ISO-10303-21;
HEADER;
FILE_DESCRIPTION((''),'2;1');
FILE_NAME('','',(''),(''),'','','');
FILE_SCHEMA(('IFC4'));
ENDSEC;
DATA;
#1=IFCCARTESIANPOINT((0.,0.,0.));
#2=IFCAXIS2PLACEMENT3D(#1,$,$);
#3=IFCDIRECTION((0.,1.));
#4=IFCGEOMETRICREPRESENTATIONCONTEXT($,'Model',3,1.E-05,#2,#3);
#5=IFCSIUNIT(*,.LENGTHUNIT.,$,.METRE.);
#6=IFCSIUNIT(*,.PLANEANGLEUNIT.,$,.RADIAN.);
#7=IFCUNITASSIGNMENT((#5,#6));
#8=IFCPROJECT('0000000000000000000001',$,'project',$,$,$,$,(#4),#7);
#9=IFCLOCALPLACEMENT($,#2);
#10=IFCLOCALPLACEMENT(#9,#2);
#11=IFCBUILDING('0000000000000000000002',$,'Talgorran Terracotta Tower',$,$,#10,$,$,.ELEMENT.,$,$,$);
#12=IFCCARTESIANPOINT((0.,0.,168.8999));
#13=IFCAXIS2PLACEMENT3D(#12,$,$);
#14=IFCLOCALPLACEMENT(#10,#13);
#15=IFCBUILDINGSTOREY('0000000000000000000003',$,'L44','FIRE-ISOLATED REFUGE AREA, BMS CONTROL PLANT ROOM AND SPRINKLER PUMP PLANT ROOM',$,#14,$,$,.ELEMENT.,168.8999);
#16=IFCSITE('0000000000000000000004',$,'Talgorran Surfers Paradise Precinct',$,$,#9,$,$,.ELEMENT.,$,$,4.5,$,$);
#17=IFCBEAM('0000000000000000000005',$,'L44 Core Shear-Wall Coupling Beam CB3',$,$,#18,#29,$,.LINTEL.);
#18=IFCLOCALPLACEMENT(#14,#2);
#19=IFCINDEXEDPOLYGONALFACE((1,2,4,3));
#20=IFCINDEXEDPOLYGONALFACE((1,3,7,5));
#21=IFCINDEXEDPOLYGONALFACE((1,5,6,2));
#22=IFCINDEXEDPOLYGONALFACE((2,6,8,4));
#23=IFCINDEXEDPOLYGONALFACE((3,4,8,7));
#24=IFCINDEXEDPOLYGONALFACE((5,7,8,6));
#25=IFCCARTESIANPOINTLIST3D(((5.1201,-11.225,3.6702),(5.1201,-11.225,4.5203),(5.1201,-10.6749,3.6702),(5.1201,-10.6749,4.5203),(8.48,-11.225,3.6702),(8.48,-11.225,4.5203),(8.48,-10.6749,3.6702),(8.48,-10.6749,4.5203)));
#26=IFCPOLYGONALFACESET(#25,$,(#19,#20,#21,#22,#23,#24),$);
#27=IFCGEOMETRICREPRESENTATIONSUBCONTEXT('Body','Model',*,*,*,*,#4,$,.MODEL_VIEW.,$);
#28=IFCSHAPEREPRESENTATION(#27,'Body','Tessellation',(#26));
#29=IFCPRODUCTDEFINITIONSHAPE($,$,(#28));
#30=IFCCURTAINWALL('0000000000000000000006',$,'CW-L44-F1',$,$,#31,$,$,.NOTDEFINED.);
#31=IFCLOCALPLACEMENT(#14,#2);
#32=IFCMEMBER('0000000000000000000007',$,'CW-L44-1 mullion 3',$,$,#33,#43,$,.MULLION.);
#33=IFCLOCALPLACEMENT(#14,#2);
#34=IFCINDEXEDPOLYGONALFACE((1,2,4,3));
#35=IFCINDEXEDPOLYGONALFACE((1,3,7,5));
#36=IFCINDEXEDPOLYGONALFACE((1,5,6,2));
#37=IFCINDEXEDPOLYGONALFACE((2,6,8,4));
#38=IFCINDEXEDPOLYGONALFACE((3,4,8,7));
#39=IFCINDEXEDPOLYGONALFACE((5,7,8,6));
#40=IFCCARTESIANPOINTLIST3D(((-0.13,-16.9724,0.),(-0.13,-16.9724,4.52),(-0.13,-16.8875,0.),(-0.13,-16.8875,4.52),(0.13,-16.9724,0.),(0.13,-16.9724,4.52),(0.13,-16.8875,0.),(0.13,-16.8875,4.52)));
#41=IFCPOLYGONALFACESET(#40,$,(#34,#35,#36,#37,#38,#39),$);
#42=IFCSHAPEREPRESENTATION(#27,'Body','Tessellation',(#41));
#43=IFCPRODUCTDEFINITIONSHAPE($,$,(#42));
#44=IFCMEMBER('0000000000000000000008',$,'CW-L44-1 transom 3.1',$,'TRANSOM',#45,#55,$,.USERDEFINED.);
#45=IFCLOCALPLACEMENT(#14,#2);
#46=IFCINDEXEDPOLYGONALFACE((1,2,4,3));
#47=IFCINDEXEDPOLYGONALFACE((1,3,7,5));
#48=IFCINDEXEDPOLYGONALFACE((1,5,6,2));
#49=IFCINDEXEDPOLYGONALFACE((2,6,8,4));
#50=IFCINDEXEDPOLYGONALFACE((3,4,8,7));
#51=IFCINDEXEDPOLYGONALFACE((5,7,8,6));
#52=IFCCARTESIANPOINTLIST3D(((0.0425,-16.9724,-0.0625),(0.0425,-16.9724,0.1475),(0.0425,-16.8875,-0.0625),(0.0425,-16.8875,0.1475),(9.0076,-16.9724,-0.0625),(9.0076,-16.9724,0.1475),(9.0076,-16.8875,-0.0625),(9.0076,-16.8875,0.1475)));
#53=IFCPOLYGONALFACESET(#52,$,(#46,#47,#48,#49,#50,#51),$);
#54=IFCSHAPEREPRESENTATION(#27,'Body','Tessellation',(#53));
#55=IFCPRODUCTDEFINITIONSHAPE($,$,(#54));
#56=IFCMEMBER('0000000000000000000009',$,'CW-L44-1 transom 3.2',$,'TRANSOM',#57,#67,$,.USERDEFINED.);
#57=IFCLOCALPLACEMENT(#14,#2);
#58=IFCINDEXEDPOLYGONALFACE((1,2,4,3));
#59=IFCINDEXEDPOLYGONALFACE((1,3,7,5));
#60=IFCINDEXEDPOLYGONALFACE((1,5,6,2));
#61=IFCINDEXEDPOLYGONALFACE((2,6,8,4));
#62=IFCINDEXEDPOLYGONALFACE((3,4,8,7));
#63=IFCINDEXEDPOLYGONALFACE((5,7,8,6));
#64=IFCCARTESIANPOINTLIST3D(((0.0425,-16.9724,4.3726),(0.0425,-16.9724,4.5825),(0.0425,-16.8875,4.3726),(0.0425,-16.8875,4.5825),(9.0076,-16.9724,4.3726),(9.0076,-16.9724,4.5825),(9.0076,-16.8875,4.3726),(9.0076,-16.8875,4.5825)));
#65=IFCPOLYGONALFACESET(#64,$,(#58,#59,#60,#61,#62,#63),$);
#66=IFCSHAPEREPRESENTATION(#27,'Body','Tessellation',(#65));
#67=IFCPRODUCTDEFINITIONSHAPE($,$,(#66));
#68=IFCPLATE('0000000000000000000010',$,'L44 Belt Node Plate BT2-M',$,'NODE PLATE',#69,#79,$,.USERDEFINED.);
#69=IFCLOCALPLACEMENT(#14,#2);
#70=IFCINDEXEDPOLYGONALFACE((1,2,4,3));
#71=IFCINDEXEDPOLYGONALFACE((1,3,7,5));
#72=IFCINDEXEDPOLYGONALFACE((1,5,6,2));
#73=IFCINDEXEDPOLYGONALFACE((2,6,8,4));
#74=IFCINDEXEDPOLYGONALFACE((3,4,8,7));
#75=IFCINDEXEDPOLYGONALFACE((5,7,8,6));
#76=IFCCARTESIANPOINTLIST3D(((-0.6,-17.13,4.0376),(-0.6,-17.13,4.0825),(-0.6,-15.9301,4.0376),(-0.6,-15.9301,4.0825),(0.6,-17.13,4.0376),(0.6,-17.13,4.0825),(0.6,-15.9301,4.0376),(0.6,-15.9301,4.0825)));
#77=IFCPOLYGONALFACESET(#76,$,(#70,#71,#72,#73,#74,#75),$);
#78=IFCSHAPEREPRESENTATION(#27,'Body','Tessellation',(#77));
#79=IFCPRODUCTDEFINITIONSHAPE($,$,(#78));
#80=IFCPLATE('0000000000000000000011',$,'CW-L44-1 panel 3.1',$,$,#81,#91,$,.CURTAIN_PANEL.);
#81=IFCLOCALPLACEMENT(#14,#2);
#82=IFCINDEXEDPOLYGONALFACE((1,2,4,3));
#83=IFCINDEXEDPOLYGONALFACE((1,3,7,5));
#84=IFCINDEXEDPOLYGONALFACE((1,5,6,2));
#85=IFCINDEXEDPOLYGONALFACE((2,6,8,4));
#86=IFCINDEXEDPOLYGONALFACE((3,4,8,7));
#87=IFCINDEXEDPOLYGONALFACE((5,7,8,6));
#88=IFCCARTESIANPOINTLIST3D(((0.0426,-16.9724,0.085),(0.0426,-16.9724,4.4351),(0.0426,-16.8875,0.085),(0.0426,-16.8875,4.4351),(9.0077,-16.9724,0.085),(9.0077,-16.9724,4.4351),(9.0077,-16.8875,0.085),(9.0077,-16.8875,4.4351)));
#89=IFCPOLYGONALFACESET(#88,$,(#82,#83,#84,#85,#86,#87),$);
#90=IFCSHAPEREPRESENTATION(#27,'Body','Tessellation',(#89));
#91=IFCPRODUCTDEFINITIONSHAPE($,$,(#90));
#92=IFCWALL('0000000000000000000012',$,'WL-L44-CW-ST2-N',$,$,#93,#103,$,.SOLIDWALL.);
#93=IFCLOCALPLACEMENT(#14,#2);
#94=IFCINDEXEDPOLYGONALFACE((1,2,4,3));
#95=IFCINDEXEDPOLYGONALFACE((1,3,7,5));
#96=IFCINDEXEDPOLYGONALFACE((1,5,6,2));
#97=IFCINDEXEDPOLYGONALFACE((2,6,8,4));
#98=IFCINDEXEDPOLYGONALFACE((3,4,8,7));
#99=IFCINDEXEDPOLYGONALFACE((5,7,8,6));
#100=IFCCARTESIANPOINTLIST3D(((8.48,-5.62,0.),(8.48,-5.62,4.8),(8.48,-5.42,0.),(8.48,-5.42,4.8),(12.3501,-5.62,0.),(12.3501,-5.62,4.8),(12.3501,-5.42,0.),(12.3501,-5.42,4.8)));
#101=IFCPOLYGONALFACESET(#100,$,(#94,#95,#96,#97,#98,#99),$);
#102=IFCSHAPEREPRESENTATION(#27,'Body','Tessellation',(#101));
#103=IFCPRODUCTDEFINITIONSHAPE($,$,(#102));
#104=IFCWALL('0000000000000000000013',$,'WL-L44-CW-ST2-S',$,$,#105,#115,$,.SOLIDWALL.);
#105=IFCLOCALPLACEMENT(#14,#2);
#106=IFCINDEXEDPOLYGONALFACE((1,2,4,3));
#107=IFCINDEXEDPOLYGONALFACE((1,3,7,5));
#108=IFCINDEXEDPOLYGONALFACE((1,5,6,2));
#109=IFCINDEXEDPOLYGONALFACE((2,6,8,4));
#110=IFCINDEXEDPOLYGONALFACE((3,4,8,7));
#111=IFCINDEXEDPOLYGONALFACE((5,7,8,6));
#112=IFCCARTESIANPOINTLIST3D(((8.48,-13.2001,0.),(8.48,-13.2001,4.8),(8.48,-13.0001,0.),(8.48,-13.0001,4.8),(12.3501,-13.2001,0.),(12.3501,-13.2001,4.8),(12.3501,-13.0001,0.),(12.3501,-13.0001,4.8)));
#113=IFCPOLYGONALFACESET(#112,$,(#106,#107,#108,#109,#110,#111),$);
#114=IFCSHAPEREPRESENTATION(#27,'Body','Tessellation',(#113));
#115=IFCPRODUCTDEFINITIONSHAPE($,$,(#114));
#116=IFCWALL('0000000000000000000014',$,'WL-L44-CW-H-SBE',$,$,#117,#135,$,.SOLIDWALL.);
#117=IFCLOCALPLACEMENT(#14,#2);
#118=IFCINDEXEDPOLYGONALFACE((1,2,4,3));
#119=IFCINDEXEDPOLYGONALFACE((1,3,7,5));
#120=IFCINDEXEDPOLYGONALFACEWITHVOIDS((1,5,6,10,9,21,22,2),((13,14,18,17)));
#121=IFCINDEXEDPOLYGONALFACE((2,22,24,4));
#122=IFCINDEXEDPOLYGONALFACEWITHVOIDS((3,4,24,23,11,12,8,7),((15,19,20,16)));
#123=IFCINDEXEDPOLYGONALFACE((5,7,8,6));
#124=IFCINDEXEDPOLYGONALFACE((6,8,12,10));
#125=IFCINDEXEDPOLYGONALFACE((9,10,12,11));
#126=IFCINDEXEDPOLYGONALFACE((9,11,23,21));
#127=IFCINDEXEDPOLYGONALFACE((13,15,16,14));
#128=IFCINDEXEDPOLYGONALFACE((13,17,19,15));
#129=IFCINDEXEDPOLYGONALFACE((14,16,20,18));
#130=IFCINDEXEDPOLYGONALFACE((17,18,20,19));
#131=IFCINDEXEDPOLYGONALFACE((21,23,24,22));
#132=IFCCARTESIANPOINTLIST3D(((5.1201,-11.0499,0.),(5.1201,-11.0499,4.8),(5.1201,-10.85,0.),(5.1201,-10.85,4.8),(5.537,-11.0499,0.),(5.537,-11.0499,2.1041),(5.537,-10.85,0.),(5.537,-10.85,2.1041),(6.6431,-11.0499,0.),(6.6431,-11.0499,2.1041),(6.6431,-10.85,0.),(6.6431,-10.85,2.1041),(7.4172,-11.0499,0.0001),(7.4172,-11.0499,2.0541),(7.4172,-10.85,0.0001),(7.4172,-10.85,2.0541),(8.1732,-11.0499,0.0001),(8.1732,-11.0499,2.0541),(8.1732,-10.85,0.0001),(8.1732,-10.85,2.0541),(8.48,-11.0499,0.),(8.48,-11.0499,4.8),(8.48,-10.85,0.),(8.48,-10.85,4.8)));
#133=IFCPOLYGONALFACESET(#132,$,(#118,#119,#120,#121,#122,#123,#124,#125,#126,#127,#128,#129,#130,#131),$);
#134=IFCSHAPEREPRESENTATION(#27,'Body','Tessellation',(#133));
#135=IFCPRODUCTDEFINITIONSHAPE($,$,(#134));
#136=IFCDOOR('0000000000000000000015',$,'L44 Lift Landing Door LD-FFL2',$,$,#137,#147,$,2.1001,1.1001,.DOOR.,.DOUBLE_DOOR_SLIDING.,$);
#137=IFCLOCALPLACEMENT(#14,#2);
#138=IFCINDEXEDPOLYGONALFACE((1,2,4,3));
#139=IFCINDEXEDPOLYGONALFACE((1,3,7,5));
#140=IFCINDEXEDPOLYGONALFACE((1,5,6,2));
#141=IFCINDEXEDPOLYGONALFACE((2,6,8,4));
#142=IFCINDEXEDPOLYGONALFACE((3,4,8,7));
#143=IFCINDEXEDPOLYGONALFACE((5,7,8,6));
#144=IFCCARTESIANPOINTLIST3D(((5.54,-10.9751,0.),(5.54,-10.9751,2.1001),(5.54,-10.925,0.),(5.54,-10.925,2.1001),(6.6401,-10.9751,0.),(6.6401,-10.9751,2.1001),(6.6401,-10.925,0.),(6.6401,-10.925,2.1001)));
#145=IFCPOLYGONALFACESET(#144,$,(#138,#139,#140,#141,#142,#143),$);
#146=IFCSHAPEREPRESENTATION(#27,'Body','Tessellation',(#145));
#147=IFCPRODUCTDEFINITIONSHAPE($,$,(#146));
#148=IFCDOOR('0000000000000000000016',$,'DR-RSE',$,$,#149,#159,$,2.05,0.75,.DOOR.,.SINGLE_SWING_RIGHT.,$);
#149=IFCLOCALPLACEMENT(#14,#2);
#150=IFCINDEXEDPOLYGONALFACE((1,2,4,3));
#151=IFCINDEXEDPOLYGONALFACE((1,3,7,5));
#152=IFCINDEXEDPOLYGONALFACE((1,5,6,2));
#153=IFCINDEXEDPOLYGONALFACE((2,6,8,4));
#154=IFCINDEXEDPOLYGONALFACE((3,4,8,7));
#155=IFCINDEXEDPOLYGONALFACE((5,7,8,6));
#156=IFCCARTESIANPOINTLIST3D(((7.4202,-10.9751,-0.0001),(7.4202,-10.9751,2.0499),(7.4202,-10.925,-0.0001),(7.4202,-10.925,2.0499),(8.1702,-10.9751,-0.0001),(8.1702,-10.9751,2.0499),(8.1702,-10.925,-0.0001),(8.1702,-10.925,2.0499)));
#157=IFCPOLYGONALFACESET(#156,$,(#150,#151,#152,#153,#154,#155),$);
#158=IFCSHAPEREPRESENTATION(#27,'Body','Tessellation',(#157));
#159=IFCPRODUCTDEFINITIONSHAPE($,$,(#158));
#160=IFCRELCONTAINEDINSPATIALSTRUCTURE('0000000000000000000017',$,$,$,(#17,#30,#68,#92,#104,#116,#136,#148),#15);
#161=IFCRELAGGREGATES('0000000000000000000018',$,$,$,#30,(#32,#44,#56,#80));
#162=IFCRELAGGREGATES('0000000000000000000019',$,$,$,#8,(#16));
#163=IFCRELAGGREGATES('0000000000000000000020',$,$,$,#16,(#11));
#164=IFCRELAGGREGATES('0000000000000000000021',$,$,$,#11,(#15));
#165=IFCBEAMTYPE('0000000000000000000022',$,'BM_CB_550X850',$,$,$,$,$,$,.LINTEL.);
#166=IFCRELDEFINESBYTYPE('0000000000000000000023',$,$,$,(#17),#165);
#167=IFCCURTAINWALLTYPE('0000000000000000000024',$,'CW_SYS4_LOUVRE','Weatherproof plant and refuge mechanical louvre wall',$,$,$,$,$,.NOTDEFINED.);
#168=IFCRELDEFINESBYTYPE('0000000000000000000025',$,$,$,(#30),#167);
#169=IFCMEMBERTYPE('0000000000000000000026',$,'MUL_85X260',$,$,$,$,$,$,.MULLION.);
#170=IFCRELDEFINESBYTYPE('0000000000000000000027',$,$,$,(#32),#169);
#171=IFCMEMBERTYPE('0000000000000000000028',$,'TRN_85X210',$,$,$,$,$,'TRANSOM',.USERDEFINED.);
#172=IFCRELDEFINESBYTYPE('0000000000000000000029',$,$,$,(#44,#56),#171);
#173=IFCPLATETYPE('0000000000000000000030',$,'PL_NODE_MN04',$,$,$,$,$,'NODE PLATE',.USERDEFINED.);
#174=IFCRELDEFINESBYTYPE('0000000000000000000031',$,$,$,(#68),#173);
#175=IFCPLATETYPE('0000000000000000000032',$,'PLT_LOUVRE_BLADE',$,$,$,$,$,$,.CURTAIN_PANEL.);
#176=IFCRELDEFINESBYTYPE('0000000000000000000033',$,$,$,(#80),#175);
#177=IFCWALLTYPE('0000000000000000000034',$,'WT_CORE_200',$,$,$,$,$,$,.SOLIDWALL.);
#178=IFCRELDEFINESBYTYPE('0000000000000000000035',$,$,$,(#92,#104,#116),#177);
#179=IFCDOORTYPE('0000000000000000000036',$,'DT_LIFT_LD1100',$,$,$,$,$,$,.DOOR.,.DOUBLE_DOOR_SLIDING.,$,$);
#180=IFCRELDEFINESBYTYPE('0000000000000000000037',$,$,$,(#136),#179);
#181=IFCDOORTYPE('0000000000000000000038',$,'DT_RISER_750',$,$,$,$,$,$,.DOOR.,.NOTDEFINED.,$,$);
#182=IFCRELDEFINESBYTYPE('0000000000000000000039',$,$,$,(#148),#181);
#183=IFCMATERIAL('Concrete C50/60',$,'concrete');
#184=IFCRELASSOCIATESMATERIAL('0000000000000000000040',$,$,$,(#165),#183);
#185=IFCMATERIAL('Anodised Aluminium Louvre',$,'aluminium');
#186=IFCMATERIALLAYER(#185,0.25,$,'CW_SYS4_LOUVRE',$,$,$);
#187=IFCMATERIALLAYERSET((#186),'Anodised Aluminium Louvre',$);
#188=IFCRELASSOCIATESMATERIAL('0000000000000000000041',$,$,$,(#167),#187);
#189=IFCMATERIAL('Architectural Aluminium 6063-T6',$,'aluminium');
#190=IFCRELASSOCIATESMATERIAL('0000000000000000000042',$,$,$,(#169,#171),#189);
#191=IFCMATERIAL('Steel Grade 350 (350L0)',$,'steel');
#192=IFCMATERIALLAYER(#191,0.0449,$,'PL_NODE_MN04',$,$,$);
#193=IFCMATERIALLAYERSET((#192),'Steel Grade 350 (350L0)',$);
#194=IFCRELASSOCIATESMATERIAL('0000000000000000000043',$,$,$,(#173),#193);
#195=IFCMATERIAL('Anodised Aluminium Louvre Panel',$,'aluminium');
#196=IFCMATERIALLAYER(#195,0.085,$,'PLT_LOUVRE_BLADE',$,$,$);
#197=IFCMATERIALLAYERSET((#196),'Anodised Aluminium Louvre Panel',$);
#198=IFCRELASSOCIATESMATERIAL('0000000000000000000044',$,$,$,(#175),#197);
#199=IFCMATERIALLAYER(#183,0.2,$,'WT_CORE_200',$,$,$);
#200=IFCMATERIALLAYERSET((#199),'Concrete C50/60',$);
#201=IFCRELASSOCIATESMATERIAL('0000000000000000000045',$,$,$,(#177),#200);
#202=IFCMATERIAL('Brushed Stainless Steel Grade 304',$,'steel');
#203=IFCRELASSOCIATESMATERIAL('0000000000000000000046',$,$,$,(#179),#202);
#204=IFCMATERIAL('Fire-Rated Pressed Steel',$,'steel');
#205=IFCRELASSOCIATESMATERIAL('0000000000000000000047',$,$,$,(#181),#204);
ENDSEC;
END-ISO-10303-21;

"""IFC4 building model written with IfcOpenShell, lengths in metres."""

from ifc_helpers import new_model, si_unit, direction, frame, frame_2d, origin, origin_2d, place, context, subcontext, project, spatial, rectangle, extrude, source, transform, mapped, material, layer, layer_set, material_profile, profile_set, type_object, type_shapes, element, fill, aggregate, save


model = new_model("IFC4")

# Units and contexts
model_context = context("Model", 3, precision=1e-05, world=origin(), true_north=direction((0.0, 1.0)))
body_context = subcontext(model_context, "Body", "Model", "MODEL_VIEW")
ifc_project = project(units=[si_unit("LENGTHUNIT", "METRE"), si_unit("PLANEANGLEUNIT", "RADIAN")], contexts=[model_context])

# Site, building, storey
site_placement = place(None, origin())
site = spatial("IfcSite", under=ifc_project, at=site_placement, Name="Talgorran Surfers Paradise Precinct", CompositionType="ELEMENT", RefElevation=4.5)
building_placement = place(site_placement, origin())
building = spatial("IfcBuilding", under=site, at=building_placement, Name="Talgorran Terracotta Tower", CompositionType="ELEMENT")
storey_placement = place(building_placement, frame((0.0, 0.0, 168.8999)))
storey = spatial("IfcBuildingStorey", under=building, at=storey_placement, Name="L44", Description="FIRE-ISOLATED REFUGE AREA, BMS CONTROL PLANT ROOM AND SPRINKLER PUMP PLANT ROOM", CompositionType="ELEMENT", Elevation=168.8999)

# Beam
ifc_material_1 = material(Name="Concrete C50/60", Category="concrete")
ifc_material_profile_1 = material_profile(ifc_material_1, rectangle(XDim=0.55, YDim=0.8501, at=origin_2d()), Name="RCCB550X850")
ifc_profile_set_1 = profile_set([ifc_material_profile_1], Name="Concrete C50/60")
beam_type = type_object("IfcBeamType", Name="BM_CB_550X850", PredefinedType="LINTEL", material=ifc_profile_set_1)
beam_placement = place(storey_placement, frame((5.1201, -10.95, 4.0952), z_axis=(1.0, 0.0, 0.0), x_axis=(0.0, 1.0, 0.0)))
element("IfcBeam", 1, at=beam_placement, inside=storey, type_object=beam_type, Name="L44 Core Shear-Wall Coupling Beam CB3", PredefinedType="LINTEL", context=body_context, shape_type="SweptSolid", body=[
    extrude(rectangle(XDim=0.55, YDim=0.8501, at=origin_2d()), origin(), (0.0, 0.0, 1.0), 3.3599),
])

# Curtain wall, members
ifc_material_2 = material(Name="Anodised Aluminium Louvre", Category="aluminium")
ifc_layer_1 = layer(ifc_material_2, 0.25, Name="CW_SYS4_LOUVRE")
ifc_layer_set_1 = layer_set([ifc_layer_1], Name="Anodised Aluminium Louvre")
curtain_wall_type = type_object("IfcCurtainWallType", Name="CW_SYS4_LOUVRE", Description="Weatherproof plant and refuge mechanical louvre wall", PredefinedType="NOTDEFINED", material=ifc_layer_set_1)
curtain_wall_placement = place(storey_placement, origin())
curtain_wall = element("IfcCurtainWall", 2, at=curtain_wall_placement, inside=storey, type_object=curtain_wall_type, Name="CW-L44-F1", PredefinedType="NOTDEFINED")
ifc_material_3 = material(Name="Architectural Aluminium 6063-T6", Category="aluminium")
ifc_material_profile_2 = material_profile(ifc_material_3, rectangle(XDim=0.085, YDim=0.26, at=origin_2d()), Name="CWM85X260")
ifc_profile_set_2 = profile_set([ifc_material_profile_2], Name="Architectural Aluminium 6063-T6")
member_type_1 = type_object("IfcMemberType", Name="MUL_85X260", PredefinedType="MULLION", material=ifc_profile_set_2)
member_1_placement = place(storey_placement, frame((0.0, -16.9299, 0.0), z_axis=(0.0, 0.0, 1.0), x_axis=(0.0, 1.0, 0.0)))
member_1 = element("IfcMember", 3, at=member_1_placement, type_object=member_type_1, Name="CW-L44-1 mullion 3", PredefinedType="MULLION", context=body_context, shape_type="SweptSolid", body=[
    extrude(rectangle(XDim=0.085, YDim=0.26, at=origin_2d()), origin(), (0.0, 0.0, 1.0), 4.52),
])
ifc_material_profile_3 = material_profile(ifc_material_3, rectangle(XDim=0.085, YDim=0.21, at=origin_2d()), Name="CWT85X210")
ifc_profile_set_3 = profile_set([ifc_material_profile_3], Name="Architectural Aluminium 6063-T6")
member_type_2 = type_object("IfcMemberType", Name="TRN_85X210", ElementType="TRANSOM", PredefinedType="USERDEFINED", material=ifc_profile_set_3)
member_2_placement = place(storey_placement, frame((0.0425, -16.9299, 0.0425), z_axis=(1.0, 0.0, 0.0), x_axis=(0.0, 1.0, 0.0)))
member_2 = element("IfcMember", 4, at=member_2_placement, type_object=member_type_2, Name="CW-L44-1 transom 3.1", ObjectType="TRANSOM", PredefinedType="USERDEFINED", context=body_context, shape_type="SweptSolid", body=[
    extrude(rectangle(XDim=0.085, YDim=0.21, at=origin_2d()), origin(), (0.0, 0.0, 1.0), 8.9651),
])
member_3_placement = place(storey_placement, frame((0.0425, -16.9299, 4.4775), z_axis=(1.0, 0.0, 0.0), x_axis=(0.0, 1.0, 0.0)))
member_3 = element("IfcMember", 5, at=member_3_placement, type_object=member_type_2, Name="CW-L44-1 transom 3.2", ObjectType="TRANSOM", PredefinedType="USERDEFINED", context=body_context, shape_type="SweptSolid", body=[
    extrude(rectangle(XDim=0.085, YDim=0.21, at=origin_2d()), origin(), (0.0, 0.0, 1.0), 8.9651),
])

# Plates
ifc_material_4 = material(Name="Steel Grade 350 (350L0)", Category="steel")
ifc_layer_2 = layer(ifc_material_4, 0.0449, Name="PL_NODE_MN04")
ifc_layer_set_2 = layer_set([ifc_layer_2], Name="Steel Grade 350 (350L0)")
plate_type_1 = type_object("IfcPlateType", Name="PL_NODE_MN04", ElementType="NODE PLATE", PredefinedType="USERDEFINED", material=ifc_layer_set_2)
plate_1_placement = place(storey_placement, frame((0.0, -16.53, 4.0376), z_axis=(0.0, 0.0, 1.0), x_axis=(1.0, 0.0, 0.0)))
element("IfcPlate", 6, at=plate_1_placement, inside=storey, type_object=plate_type_1, Name="L44 Belt Node Plate BT2-M", ObjectType="NODE PLATE", PredefinedType="USERDEFINED", context=body_context, shape_type="SweptSolid", body=[
    extrude(rectangle(XDim=1.2, YDim=1.2, at=origin_2d()), origin(), (0.0, 0.0, 1.0), 0.0449),
])
ifc_material_5 = material(Name="Anodised Aluminium Louvre Panel", Category="aluminium")
ifc_layer_3 = layer(ifc_material_5, 0.085, Name="PLT_LOUVRE_BLADE")
ifc_layer_set_3 = layer_set([ifc_layer_3], Name="Anodised Aluminium Louvre Panel")
plate_type_2 = type_object("IfcPlateType", Name="PLT_LOUVRE_BLADE", PredefinedType="CURTAIN_PANEL", material=ifc_layer_set_3)
shared_shape = source(origin(), body_context, "Body", "SweptSolid", [
    extrude(rectangle(XDim=8.9651, YDim=0.085, at=origin_2d()), origin(), (0.0, 0.0, 1.0), 4.3501),
])
type_shapes(plate_type_2, [shared_shape])
plate_2_placement = place(storey_placement, frame((4.5251, -16.9299, 0.085), z_axis=(0.0, 0.0, 1.0), x_axis=(1.0, 0.0, 0.0)))
plate_2 = element("IfcPlate", 7, at=plate_2_placement, type_object=plate_type_2, Name="CW-L44-1 panel 3.1", PredefinedType="CURTAIN_PANEL", context=body_context, shape_type="MappedRepresentation", body=[
    mapped(shared_shape, transform((0.0, 0.0, 0.0), scale=1.0)),
])
aggregate(curtain_wall, [member_1, member_2, member_3, plate_2])

# Walls
ifc_layer_4 = layer(ifc_material_1, 0.2, Name="WT_CORE_200")
ifc_layer_set_4 = layer_set([ifc_layer_4], Name="Concrete C50/60")
wall_type_1 = type_object("IfcWallType", Name="WT_CORE_200", PredefinedType="SOLIDWALL", material=ifc_layer_set_4)
for number, where, z_axis, x_axis, name in (
    (8, (8.48, -5.52, 0.0), (0.0, 0.0, 1.0), (1.0, 0.0, 0.0), "WL-L44-CW-ST2-N"),
    (9, (8.48, -13.1001, 0.0), (0.0, 0.0, 1.0), (1.0, 0.0, 0.0), "WL-L44-CW-ST2-S"),
):
    element("IfcWall", number, at=place(storey_placement, frame(where, z_axis=z_axis, x_axis=x_axis)), inside=storey, type_object=wall_type_1, Name=name, PredefinedType="SOLIDWALL", context=body_context, shape_type="SweptSolid", body=[
        extrude(rectangle(XDim=3.8701, YDim=0.2, at=frame_2d((1.9351, 0.0))), origin(), (0.0, 0.0, 1.0), 4.8),
    ])

# Wall, openings, doors
wall_1_placement = place(storey_placement, frame((5.1201, -10.95, 0.0), z_axis=(0.0, 0.0, 1.0), x_axis=(1.0, 0.0, 0.0)))
wall_1 = element("IfcWall", 10, at=wall_1_placement, inside=storey, type_object=wall_type_1, Name="WL-L44-CW-H-SBE", PredefinedType="SOLIDWALL", context=body_context, shape_type="SweptSolid", body=[
    extrude(rectangle(XDim=3.3599, YDim=0.2, at=frame_2d((1.6799, 0.0))), origin(), (0.0, 0.0, 1.0), 4.8),
])
opening_1_placement = place(wall_1_placement, frame((0.4199, 0.0, 0.0)))
opening_1 = element("IfcOpeningElement", 11, at=opening_1_placement, cuts=wall_1, PredefinedType="OPENING", context=body_context, shape_type="SweptSolid", body=[
    extrude(rectangle(XDim=1.1061, YDim=2.1041, at=frame_2d((0.55, 1.052))), frame((0.0, 0.1099, 0.0), z_axis=(0.0, -1.0, 0.0), x_axis=(1.0, 0.0, 0.0)), (0.0, 0.0, 1.0), 0.22),
])
opening_2_placement = place(wall_1_placement, frame((2.3, 0.0, 0.0)))
opening_2 = element("IfcOpeningElement", 12, at=opening_2_placement, cuts=wall_1, PredefinedType="OPENING", context=body_context, shape_type="SweptSolid", body=[
    extrude(rectangle(XDim=0.756, YDim=2.054, at=frame_2d((0.375, 1.0271))), frame((0.0, 0.1099, 0.0), z_axis=(0.0, -1.0, 0.0), x_axis=(1.0, 0.0, 0.0)), (0.0, 0.0, 1.0), 0.22),
])
ifc_material_6 = material(Name="Brushed Stainless Steel Grade 304", Category="steel")
door_type_1 = type_object("IfcDoorType", Name="DT_LIFT_LD1100", OperationType="DOUBLE_DOOR_SLIDING", PredefinedType="DOOR", material=ifc_material_6)
door_1_placement = place(opening_1_placement, origin())
door_1 = element("IfcDoor", 13, at=door_1_placement, inside=storey, type_object=door_type_1, Name="L44 Lift Landing Door LD-FFL2", OperationType="DOUBLE_DOOR_SLIDING", OverallHeight=2.1001, OverallWidth=1.1001, PredefinedType="DOOR", context=body_context, shape_type="SweptSolid", body=[
    extrude(rectangle(XDim=1.1001, YDim=2.1001, at=frame_2d((0.55, 1.05))), frame((0.0, 0.0249, 0.0), z_axis=(0.0, -1.0, 0.0), x_axis=(1.0, 0.0, 0.0)), (0.0, 0.0, 1.0), 0.05),
])
fill(opening_1, door_1)
ifc_material_7 = material(Name="Fire-Rated Pressed Steel", Category="steel")
door_type_2 = type_object("IfcDoorType", Name="DT_RISER_750", OperationType="NOTDEFINED", PredefinedType="DOOR", material=ifc_material_7)
door_2_placement = place(opening_2_placement, origin())
door_2 = element("IfcDoor", 14, at=door_2_placement, inside=storey, type_object=door_type_2, Name="DR-RSE", OperationType="SINGLE_SWING_RIGHT", OverallHeight=2.05, OverallWidth=0.75, PredefinedType="DOOR", context=body_context, shape_type="SweptSolid", body=[
    extrude(rectangle(XDim=0.75, YDim=2.05, at=frame_2d((0.375, 1.0249))), frame((0.0, 0.0249, 0.0), z_axis=(0.0, -1.0, 0.0), x_axis=(1.0, 0.0, 0.0)), (0.0, 0.0, 1.0), 0.05),
])
fill(opening_2, door_2)

save(model, "model.ifc")
